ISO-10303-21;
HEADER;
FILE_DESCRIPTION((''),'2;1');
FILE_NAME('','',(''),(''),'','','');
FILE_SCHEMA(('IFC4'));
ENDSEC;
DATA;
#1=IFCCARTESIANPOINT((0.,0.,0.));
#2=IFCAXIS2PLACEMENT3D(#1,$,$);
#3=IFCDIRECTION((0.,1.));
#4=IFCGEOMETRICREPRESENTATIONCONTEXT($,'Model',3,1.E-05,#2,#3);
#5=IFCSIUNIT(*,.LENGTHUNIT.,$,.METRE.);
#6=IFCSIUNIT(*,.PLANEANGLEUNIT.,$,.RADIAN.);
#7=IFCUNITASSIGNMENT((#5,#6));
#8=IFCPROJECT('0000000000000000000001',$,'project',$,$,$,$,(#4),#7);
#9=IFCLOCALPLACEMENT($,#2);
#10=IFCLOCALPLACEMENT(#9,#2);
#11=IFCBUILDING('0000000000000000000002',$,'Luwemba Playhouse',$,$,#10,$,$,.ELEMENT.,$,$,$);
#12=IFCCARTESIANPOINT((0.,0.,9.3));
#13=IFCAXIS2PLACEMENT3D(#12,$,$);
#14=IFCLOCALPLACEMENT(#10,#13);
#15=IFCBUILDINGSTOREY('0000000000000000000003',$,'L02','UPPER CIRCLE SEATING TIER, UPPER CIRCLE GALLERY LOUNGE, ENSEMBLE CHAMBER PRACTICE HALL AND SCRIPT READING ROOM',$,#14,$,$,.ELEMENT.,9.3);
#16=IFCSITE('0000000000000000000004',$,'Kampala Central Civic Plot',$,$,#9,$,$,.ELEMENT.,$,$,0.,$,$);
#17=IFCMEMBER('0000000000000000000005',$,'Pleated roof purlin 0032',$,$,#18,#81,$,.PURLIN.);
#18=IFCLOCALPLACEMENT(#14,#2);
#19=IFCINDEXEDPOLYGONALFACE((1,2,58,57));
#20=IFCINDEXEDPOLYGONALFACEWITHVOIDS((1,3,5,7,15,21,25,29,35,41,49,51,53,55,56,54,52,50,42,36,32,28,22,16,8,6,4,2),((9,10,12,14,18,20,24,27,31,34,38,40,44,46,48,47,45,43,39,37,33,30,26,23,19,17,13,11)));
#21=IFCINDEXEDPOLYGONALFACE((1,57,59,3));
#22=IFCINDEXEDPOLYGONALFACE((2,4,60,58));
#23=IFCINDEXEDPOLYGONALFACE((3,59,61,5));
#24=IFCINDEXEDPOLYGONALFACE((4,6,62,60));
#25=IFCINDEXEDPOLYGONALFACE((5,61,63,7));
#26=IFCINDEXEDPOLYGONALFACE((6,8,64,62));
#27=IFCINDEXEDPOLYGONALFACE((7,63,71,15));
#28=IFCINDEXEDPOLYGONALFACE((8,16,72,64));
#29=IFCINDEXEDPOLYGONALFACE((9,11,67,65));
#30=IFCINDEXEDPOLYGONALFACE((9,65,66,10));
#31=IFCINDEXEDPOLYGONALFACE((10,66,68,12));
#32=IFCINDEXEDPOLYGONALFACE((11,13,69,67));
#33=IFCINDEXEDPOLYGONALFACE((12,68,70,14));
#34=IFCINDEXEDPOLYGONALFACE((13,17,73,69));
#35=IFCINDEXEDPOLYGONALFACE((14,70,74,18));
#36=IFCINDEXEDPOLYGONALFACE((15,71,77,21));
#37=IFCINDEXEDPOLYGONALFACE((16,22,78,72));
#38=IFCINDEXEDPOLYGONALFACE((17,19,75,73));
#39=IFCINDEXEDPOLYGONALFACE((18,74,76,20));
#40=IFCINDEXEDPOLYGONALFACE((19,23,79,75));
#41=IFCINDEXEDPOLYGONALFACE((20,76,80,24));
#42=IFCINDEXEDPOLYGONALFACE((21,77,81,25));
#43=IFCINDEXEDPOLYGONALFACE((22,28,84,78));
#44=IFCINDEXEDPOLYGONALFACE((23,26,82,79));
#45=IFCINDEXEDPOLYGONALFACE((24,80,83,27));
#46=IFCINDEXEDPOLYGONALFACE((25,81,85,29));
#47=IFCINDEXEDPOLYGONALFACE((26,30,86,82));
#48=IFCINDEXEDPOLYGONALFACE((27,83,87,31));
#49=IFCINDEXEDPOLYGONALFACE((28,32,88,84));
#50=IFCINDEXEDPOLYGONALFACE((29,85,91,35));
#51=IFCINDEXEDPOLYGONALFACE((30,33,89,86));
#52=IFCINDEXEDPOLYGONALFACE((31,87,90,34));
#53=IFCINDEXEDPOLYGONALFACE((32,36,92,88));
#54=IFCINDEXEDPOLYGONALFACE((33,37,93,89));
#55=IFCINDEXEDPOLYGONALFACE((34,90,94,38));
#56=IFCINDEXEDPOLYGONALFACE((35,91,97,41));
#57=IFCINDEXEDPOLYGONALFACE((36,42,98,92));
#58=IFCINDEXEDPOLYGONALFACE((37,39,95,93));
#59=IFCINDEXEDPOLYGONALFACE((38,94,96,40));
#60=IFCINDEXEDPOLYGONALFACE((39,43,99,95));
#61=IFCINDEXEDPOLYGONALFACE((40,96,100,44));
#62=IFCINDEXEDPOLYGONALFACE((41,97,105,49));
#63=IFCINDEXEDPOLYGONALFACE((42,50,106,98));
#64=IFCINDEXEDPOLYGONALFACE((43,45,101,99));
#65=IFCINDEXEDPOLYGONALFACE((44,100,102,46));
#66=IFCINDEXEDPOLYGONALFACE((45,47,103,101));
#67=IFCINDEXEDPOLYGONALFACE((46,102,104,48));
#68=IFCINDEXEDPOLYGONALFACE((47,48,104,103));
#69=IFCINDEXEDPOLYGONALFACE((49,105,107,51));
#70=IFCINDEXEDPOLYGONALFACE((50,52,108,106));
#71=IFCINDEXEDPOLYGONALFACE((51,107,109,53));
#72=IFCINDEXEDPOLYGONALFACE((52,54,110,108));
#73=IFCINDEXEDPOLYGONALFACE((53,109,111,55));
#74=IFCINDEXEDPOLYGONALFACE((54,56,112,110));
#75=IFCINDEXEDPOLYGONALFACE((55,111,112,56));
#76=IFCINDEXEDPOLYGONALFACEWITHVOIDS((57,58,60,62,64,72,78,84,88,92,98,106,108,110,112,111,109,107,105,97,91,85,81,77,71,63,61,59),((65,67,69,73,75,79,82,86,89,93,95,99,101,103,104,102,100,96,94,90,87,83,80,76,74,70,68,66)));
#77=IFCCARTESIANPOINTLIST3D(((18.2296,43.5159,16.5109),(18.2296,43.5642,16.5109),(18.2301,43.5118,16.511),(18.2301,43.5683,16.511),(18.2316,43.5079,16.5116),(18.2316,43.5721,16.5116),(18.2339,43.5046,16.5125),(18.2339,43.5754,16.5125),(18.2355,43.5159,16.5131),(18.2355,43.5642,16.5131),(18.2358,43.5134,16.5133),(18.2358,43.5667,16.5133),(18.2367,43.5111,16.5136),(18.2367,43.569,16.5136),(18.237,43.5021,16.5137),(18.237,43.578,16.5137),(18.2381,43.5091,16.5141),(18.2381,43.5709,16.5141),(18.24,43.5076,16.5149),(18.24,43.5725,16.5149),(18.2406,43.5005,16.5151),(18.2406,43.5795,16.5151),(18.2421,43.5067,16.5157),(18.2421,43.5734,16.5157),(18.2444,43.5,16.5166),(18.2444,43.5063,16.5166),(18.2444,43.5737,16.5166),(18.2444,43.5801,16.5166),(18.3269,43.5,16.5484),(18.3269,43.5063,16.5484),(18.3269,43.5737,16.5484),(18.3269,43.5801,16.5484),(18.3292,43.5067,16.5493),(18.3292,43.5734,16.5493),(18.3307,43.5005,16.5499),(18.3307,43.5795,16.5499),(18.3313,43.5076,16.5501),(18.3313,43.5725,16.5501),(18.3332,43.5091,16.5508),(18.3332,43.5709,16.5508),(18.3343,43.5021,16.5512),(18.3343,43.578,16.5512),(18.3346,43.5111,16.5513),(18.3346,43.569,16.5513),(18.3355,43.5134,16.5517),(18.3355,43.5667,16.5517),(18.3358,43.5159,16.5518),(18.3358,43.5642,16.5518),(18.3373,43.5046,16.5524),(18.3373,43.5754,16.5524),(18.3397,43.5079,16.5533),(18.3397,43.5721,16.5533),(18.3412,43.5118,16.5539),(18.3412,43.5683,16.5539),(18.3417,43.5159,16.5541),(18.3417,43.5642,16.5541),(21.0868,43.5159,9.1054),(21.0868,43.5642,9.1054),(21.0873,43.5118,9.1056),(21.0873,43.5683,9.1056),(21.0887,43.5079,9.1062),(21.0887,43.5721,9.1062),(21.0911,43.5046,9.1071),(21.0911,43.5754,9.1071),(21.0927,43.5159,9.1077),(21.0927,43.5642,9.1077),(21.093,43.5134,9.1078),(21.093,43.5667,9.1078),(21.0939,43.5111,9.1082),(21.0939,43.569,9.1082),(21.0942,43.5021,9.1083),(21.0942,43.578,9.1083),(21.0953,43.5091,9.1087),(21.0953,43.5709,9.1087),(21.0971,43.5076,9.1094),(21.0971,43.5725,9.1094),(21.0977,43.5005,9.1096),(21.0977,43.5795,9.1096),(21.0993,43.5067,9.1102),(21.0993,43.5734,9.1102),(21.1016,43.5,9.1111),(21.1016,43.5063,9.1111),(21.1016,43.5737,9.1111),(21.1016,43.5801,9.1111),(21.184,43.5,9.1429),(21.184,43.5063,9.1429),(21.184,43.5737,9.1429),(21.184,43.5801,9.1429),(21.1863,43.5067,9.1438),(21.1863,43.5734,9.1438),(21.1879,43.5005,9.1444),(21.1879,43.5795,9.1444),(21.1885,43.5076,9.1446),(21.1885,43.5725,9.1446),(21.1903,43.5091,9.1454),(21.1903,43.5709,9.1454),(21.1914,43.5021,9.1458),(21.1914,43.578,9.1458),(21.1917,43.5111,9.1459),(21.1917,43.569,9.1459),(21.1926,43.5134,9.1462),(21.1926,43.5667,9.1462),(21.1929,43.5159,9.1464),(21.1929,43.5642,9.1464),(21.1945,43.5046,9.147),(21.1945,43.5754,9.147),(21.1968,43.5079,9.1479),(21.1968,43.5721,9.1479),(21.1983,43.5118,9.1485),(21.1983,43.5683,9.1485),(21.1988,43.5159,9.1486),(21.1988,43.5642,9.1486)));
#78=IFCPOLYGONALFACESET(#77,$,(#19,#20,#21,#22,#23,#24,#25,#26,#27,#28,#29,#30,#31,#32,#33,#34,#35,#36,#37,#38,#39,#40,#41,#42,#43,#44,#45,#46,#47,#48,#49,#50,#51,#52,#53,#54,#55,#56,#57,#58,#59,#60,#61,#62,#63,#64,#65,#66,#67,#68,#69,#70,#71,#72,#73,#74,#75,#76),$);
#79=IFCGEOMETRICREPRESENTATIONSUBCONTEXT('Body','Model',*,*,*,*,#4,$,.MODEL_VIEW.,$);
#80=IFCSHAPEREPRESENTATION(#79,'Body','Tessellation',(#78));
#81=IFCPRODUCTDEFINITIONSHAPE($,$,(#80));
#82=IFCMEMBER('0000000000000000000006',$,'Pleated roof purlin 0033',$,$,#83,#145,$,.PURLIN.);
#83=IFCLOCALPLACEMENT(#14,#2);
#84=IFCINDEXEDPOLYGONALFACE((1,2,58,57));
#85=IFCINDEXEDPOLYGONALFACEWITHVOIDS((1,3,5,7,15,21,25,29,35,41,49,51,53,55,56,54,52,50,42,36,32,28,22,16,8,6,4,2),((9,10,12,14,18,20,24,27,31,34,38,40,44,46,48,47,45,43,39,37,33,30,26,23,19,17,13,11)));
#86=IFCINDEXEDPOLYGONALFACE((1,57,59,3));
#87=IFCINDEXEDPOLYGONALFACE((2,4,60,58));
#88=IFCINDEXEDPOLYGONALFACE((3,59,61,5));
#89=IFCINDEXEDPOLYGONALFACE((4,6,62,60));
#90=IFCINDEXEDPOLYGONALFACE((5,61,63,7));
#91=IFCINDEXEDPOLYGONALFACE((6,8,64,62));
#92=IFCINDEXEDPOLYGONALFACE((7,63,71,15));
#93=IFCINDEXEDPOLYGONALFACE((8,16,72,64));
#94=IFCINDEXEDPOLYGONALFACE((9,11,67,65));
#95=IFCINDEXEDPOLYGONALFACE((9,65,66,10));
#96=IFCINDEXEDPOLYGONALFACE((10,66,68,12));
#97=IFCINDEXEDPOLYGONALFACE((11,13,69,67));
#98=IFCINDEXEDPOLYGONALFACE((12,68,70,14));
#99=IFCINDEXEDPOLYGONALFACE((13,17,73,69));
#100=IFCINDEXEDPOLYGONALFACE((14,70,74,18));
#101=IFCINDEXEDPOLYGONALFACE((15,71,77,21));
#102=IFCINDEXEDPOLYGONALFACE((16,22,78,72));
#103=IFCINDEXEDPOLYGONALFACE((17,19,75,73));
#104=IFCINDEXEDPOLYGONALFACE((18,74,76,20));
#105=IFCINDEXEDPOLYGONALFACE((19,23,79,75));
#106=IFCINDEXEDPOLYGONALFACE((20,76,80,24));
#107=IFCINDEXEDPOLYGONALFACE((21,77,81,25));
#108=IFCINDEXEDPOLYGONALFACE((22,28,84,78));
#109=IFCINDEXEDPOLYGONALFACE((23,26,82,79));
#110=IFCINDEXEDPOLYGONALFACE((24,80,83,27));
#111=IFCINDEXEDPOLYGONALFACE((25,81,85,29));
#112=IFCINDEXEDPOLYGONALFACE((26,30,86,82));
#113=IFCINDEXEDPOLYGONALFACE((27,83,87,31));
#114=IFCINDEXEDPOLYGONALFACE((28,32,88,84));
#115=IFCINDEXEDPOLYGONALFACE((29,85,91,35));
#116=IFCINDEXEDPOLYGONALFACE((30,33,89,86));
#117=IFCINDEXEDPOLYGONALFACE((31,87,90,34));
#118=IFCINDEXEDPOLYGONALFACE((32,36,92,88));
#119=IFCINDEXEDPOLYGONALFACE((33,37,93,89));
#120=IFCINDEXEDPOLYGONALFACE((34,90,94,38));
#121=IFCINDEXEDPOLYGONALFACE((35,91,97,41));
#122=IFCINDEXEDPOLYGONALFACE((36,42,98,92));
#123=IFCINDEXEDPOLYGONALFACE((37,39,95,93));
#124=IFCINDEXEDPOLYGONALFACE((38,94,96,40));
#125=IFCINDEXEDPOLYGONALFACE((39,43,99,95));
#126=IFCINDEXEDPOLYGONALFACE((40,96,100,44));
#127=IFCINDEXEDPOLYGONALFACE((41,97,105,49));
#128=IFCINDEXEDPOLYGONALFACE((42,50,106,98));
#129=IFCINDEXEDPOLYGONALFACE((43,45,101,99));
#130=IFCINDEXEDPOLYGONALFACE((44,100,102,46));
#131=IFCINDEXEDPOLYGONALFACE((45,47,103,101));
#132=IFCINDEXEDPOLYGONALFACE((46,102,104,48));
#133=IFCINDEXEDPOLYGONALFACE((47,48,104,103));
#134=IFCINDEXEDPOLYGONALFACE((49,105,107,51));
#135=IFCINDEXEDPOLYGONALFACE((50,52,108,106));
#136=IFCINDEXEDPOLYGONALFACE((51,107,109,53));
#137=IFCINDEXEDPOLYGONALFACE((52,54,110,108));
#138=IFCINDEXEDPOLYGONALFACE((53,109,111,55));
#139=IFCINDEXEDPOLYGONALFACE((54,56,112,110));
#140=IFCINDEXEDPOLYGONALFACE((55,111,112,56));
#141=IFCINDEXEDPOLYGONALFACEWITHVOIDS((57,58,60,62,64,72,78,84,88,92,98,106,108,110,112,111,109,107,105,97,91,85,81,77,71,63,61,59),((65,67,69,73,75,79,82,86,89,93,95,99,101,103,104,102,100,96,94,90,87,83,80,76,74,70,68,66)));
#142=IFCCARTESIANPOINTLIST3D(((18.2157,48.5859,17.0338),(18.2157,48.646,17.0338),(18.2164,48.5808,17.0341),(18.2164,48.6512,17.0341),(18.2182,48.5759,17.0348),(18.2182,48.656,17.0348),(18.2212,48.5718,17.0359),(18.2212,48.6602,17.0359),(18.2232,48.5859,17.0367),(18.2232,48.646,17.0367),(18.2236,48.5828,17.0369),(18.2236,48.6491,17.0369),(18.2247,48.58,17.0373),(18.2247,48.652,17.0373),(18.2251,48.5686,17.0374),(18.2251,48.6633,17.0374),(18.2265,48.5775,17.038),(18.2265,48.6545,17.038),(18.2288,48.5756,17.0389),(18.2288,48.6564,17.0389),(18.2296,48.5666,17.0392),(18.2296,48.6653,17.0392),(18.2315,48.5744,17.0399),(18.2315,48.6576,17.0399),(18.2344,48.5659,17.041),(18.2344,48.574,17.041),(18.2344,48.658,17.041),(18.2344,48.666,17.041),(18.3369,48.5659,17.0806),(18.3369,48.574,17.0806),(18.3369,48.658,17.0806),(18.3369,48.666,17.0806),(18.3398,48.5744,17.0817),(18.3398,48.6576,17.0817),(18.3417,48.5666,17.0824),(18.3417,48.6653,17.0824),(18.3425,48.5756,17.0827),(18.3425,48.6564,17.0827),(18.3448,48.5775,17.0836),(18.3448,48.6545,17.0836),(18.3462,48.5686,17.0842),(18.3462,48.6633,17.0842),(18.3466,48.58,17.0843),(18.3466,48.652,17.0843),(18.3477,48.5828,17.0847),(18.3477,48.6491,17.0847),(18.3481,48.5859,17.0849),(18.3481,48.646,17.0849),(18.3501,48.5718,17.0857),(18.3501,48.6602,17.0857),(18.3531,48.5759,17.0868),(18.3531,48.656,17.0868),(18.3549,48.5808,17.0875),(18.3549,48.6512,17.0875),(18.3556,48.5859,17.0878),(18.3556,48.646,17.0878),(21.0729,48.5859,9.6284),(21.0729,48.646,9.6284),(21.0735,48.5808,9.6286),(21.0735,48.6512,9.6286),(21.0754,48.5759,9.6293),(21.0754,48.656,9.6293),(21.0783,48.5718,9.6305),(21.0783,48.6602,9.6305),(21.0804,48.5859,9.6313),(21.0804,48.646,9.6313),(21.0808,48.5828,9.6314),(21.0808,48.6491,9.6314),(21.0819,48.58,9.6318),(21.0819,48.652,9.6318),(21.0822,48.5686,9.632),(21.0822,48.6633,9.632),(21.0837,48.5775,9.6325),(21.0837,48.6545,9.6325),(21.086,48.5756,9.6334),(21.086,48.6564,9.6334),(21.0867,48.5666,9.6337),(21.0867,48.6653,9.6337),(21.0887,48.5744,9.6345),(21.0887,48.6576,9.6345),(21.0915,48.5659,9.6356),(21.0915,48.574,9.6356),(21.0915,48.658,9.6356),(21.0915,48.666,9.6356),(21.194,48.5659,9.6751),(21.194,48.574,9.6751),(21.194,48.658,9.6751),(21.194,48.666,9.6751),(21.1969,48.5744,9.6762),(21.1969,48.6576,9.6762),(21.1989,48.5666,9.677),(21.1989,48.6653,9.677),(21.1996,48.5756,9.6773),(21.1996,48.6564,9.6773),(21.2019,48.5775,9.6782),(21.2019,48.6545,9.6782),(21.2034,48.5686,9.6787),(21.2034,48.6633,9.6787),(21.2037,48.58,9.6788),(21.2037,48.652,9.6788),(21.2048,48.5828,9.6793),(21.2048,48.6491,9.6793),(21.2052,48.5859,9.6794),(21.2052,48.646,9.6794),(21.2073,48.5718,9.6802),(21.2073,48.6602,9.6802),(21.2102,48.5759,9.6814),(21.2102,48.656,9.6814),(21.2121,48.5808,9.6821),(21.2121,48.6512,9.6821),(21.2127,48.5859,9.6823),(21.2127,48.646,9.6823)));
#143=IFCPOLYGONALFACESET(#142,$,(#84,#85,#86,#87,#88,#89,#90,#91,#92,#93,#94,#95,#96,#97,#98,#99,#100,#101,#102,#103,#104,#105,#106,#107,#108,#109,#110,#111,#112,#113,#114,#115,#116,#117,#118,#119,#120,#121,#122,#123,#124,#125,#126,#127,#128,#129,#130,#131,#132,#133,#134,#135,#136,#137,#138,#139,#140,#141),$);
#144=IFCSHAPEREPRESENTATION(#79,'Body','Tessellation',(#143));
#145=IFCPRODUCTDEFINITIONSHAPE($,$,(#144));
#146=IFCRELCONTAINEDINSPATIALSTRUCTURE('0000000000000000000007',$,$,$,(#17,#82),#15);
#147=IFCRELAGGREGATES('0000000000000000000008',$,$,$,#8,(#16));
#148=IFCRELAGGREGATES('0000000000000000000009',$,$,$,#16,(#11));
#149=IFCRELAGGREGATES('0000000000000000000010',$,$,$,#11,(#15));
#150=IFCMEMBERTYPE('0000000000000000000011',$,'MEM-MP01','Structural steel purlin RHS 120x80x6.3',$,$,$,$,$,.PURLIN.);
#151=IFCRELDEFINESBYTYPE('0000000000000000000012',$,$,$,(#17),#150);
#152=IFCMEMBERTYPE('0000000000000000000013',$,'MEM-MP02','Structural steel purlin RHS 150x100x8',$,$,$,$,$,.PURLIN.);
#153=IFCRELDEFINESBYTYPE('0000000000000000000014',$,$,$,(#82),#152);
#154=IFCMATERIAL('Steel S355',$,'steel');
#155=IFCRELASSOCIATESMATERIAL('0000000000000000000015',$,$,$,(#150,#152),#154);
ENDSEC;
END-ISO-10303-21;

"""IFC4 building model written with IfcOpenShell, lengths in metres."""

from ifc_helpers import new_model, si_unit, direction, frame, origin, origin_2d, place, context, subcontext, project, spatial, hollow_rectangle, extrude, material, material_profile, profile_set, type_object, element, save


model = new_model("IFC4")

# Units and contexts
model_context = context("Model", 3, precision=1e-05, world=origin(), true_north=direction((0.0, 1.0)))
body_context = subcontext(model_context, "Body", "Model", "MODEL_VIEW")
ifc_project = project(units=[si_unit("LENGTHUNIT", "METRE"), si_unit("PLANEANGLEUNIT", "RADIAN")], contexts=[model_context])

# Site, building, storey
site_placement = place(None, origin())
site = spatial("IfcSite", under=ifc_project, at=site_placement, Name="Kampala Central Civic Plot", CompositionType="ELEMENT", RefElevation=0.0)
building_placement = place(site_placement, origin())
building = spatial("IfcBuilding", under=site, at=building_placement, Name="Luwemba Playhouse", CompositionType="ELEMENT")
storey_placement = place(building_placement, frame((0.0, 0.0, 9.3)))
storey = spatial("IfcBuildingStorey", under=building, at=storey_placement, Name="L02", Description="UPPER CIRCLE SEATING TIER, UPPER CIRCLE GALLERY LOUNGE, ENSEMBLE CHAMBER PRACTICE HALL AND SCRIPT READING ROOM", CompositionType="ELEMENT", Elevation=9.3)

# Shared definitions
ifc_material_1 = material(Name="Steel S355", Category="steel")

# Members
ifc_material_profile_1 = material_profile(ifc_material_1, hollow_rectangle(XDim=0.0801, YDim=0.1201, WallThickness=0.0063, InnerFilletRadius=0.0095, OuterFilletRadius=0.0159, at=origin_2d()))
ifc_profile_set_1 = profile_set([ifc_material_profile_1], Name="Steel S355")
member_type_1 = type_object("IfcMemberType", Name="MEM-MP01", Description="Structural steel purlin RHS 120x80x6.3", PredefinedType="PURLIN", material=ifc_profile_set_1)
member_1_placement = place(storey_placement, frame((18.2856, 43.54, 16.5325), z_axis=(0.359956, 0.0, -0.932969), x_axis=(0.0, 1.0, 0.0)))
element("IfcMember", 1, at=member_1_placement, inside=storey, type_object=member_type_1, Name="Pleated roof purlin 0032", PredefinedType="PURLIN", context=body_context, shape_type="SweptSolid", body=[
    extrude(hollow_rectangle(XDim=0.0801, YDim=0.1201, WallThickness=0.0063, InnerFilletRadius=0.0095, OuterFilletRadius=0.0159, at=origin_2d()), origin(), (0.0, 0.0, 1.0), 7.9375),
])
ifc_material_profile_2 = material_profile(ifc_material_1, hollow_rectangle(XDim=0.1001, YDim=0.1499, WallThickness=0.0081, InnerFilletRadius=0.012, OuterFilletRadius=0.02, at=origin_2d()))
ifc_profile_set_2 = profile_set([ifc_material_profile_2], Name="Steel S355")
member_type_2 = type_object("IfcMemberType", Name="MEM-MP02", Description="Structural steel purlin RHS 150x100x8", PredefinedType="PURLIN", material=ifc_profile_set_2)
for number, where, z_axis, x_axis, name in (
    (2, (18.2856, 48.616, 17.0608), (0.359956, 0.0, -0.932969), (0.0, 1.0, 0.0), "Pleated roof purlin 0033"),
):
    element("IfcMember", number, at=place(storey_placement, frame(where, z_axis=z_axis, x_axis=x_axis)), inside=storey, type_object=member_type_2, Name=name, PredefinedType="PURLIN", context=body_context, shape_type="SweptSolid", body=[
        extrude(hollow_rectangle(XDim=0.1001, YDim=0.1499, WallThickness=0.0081, InnerFilletRadius=0.012, OuterFilletRadius=0.02, at=origin_2d()), origin(), (0.0, 0.0, 1.0), 7.9375),
    ])

save(model, "model.ifc")
